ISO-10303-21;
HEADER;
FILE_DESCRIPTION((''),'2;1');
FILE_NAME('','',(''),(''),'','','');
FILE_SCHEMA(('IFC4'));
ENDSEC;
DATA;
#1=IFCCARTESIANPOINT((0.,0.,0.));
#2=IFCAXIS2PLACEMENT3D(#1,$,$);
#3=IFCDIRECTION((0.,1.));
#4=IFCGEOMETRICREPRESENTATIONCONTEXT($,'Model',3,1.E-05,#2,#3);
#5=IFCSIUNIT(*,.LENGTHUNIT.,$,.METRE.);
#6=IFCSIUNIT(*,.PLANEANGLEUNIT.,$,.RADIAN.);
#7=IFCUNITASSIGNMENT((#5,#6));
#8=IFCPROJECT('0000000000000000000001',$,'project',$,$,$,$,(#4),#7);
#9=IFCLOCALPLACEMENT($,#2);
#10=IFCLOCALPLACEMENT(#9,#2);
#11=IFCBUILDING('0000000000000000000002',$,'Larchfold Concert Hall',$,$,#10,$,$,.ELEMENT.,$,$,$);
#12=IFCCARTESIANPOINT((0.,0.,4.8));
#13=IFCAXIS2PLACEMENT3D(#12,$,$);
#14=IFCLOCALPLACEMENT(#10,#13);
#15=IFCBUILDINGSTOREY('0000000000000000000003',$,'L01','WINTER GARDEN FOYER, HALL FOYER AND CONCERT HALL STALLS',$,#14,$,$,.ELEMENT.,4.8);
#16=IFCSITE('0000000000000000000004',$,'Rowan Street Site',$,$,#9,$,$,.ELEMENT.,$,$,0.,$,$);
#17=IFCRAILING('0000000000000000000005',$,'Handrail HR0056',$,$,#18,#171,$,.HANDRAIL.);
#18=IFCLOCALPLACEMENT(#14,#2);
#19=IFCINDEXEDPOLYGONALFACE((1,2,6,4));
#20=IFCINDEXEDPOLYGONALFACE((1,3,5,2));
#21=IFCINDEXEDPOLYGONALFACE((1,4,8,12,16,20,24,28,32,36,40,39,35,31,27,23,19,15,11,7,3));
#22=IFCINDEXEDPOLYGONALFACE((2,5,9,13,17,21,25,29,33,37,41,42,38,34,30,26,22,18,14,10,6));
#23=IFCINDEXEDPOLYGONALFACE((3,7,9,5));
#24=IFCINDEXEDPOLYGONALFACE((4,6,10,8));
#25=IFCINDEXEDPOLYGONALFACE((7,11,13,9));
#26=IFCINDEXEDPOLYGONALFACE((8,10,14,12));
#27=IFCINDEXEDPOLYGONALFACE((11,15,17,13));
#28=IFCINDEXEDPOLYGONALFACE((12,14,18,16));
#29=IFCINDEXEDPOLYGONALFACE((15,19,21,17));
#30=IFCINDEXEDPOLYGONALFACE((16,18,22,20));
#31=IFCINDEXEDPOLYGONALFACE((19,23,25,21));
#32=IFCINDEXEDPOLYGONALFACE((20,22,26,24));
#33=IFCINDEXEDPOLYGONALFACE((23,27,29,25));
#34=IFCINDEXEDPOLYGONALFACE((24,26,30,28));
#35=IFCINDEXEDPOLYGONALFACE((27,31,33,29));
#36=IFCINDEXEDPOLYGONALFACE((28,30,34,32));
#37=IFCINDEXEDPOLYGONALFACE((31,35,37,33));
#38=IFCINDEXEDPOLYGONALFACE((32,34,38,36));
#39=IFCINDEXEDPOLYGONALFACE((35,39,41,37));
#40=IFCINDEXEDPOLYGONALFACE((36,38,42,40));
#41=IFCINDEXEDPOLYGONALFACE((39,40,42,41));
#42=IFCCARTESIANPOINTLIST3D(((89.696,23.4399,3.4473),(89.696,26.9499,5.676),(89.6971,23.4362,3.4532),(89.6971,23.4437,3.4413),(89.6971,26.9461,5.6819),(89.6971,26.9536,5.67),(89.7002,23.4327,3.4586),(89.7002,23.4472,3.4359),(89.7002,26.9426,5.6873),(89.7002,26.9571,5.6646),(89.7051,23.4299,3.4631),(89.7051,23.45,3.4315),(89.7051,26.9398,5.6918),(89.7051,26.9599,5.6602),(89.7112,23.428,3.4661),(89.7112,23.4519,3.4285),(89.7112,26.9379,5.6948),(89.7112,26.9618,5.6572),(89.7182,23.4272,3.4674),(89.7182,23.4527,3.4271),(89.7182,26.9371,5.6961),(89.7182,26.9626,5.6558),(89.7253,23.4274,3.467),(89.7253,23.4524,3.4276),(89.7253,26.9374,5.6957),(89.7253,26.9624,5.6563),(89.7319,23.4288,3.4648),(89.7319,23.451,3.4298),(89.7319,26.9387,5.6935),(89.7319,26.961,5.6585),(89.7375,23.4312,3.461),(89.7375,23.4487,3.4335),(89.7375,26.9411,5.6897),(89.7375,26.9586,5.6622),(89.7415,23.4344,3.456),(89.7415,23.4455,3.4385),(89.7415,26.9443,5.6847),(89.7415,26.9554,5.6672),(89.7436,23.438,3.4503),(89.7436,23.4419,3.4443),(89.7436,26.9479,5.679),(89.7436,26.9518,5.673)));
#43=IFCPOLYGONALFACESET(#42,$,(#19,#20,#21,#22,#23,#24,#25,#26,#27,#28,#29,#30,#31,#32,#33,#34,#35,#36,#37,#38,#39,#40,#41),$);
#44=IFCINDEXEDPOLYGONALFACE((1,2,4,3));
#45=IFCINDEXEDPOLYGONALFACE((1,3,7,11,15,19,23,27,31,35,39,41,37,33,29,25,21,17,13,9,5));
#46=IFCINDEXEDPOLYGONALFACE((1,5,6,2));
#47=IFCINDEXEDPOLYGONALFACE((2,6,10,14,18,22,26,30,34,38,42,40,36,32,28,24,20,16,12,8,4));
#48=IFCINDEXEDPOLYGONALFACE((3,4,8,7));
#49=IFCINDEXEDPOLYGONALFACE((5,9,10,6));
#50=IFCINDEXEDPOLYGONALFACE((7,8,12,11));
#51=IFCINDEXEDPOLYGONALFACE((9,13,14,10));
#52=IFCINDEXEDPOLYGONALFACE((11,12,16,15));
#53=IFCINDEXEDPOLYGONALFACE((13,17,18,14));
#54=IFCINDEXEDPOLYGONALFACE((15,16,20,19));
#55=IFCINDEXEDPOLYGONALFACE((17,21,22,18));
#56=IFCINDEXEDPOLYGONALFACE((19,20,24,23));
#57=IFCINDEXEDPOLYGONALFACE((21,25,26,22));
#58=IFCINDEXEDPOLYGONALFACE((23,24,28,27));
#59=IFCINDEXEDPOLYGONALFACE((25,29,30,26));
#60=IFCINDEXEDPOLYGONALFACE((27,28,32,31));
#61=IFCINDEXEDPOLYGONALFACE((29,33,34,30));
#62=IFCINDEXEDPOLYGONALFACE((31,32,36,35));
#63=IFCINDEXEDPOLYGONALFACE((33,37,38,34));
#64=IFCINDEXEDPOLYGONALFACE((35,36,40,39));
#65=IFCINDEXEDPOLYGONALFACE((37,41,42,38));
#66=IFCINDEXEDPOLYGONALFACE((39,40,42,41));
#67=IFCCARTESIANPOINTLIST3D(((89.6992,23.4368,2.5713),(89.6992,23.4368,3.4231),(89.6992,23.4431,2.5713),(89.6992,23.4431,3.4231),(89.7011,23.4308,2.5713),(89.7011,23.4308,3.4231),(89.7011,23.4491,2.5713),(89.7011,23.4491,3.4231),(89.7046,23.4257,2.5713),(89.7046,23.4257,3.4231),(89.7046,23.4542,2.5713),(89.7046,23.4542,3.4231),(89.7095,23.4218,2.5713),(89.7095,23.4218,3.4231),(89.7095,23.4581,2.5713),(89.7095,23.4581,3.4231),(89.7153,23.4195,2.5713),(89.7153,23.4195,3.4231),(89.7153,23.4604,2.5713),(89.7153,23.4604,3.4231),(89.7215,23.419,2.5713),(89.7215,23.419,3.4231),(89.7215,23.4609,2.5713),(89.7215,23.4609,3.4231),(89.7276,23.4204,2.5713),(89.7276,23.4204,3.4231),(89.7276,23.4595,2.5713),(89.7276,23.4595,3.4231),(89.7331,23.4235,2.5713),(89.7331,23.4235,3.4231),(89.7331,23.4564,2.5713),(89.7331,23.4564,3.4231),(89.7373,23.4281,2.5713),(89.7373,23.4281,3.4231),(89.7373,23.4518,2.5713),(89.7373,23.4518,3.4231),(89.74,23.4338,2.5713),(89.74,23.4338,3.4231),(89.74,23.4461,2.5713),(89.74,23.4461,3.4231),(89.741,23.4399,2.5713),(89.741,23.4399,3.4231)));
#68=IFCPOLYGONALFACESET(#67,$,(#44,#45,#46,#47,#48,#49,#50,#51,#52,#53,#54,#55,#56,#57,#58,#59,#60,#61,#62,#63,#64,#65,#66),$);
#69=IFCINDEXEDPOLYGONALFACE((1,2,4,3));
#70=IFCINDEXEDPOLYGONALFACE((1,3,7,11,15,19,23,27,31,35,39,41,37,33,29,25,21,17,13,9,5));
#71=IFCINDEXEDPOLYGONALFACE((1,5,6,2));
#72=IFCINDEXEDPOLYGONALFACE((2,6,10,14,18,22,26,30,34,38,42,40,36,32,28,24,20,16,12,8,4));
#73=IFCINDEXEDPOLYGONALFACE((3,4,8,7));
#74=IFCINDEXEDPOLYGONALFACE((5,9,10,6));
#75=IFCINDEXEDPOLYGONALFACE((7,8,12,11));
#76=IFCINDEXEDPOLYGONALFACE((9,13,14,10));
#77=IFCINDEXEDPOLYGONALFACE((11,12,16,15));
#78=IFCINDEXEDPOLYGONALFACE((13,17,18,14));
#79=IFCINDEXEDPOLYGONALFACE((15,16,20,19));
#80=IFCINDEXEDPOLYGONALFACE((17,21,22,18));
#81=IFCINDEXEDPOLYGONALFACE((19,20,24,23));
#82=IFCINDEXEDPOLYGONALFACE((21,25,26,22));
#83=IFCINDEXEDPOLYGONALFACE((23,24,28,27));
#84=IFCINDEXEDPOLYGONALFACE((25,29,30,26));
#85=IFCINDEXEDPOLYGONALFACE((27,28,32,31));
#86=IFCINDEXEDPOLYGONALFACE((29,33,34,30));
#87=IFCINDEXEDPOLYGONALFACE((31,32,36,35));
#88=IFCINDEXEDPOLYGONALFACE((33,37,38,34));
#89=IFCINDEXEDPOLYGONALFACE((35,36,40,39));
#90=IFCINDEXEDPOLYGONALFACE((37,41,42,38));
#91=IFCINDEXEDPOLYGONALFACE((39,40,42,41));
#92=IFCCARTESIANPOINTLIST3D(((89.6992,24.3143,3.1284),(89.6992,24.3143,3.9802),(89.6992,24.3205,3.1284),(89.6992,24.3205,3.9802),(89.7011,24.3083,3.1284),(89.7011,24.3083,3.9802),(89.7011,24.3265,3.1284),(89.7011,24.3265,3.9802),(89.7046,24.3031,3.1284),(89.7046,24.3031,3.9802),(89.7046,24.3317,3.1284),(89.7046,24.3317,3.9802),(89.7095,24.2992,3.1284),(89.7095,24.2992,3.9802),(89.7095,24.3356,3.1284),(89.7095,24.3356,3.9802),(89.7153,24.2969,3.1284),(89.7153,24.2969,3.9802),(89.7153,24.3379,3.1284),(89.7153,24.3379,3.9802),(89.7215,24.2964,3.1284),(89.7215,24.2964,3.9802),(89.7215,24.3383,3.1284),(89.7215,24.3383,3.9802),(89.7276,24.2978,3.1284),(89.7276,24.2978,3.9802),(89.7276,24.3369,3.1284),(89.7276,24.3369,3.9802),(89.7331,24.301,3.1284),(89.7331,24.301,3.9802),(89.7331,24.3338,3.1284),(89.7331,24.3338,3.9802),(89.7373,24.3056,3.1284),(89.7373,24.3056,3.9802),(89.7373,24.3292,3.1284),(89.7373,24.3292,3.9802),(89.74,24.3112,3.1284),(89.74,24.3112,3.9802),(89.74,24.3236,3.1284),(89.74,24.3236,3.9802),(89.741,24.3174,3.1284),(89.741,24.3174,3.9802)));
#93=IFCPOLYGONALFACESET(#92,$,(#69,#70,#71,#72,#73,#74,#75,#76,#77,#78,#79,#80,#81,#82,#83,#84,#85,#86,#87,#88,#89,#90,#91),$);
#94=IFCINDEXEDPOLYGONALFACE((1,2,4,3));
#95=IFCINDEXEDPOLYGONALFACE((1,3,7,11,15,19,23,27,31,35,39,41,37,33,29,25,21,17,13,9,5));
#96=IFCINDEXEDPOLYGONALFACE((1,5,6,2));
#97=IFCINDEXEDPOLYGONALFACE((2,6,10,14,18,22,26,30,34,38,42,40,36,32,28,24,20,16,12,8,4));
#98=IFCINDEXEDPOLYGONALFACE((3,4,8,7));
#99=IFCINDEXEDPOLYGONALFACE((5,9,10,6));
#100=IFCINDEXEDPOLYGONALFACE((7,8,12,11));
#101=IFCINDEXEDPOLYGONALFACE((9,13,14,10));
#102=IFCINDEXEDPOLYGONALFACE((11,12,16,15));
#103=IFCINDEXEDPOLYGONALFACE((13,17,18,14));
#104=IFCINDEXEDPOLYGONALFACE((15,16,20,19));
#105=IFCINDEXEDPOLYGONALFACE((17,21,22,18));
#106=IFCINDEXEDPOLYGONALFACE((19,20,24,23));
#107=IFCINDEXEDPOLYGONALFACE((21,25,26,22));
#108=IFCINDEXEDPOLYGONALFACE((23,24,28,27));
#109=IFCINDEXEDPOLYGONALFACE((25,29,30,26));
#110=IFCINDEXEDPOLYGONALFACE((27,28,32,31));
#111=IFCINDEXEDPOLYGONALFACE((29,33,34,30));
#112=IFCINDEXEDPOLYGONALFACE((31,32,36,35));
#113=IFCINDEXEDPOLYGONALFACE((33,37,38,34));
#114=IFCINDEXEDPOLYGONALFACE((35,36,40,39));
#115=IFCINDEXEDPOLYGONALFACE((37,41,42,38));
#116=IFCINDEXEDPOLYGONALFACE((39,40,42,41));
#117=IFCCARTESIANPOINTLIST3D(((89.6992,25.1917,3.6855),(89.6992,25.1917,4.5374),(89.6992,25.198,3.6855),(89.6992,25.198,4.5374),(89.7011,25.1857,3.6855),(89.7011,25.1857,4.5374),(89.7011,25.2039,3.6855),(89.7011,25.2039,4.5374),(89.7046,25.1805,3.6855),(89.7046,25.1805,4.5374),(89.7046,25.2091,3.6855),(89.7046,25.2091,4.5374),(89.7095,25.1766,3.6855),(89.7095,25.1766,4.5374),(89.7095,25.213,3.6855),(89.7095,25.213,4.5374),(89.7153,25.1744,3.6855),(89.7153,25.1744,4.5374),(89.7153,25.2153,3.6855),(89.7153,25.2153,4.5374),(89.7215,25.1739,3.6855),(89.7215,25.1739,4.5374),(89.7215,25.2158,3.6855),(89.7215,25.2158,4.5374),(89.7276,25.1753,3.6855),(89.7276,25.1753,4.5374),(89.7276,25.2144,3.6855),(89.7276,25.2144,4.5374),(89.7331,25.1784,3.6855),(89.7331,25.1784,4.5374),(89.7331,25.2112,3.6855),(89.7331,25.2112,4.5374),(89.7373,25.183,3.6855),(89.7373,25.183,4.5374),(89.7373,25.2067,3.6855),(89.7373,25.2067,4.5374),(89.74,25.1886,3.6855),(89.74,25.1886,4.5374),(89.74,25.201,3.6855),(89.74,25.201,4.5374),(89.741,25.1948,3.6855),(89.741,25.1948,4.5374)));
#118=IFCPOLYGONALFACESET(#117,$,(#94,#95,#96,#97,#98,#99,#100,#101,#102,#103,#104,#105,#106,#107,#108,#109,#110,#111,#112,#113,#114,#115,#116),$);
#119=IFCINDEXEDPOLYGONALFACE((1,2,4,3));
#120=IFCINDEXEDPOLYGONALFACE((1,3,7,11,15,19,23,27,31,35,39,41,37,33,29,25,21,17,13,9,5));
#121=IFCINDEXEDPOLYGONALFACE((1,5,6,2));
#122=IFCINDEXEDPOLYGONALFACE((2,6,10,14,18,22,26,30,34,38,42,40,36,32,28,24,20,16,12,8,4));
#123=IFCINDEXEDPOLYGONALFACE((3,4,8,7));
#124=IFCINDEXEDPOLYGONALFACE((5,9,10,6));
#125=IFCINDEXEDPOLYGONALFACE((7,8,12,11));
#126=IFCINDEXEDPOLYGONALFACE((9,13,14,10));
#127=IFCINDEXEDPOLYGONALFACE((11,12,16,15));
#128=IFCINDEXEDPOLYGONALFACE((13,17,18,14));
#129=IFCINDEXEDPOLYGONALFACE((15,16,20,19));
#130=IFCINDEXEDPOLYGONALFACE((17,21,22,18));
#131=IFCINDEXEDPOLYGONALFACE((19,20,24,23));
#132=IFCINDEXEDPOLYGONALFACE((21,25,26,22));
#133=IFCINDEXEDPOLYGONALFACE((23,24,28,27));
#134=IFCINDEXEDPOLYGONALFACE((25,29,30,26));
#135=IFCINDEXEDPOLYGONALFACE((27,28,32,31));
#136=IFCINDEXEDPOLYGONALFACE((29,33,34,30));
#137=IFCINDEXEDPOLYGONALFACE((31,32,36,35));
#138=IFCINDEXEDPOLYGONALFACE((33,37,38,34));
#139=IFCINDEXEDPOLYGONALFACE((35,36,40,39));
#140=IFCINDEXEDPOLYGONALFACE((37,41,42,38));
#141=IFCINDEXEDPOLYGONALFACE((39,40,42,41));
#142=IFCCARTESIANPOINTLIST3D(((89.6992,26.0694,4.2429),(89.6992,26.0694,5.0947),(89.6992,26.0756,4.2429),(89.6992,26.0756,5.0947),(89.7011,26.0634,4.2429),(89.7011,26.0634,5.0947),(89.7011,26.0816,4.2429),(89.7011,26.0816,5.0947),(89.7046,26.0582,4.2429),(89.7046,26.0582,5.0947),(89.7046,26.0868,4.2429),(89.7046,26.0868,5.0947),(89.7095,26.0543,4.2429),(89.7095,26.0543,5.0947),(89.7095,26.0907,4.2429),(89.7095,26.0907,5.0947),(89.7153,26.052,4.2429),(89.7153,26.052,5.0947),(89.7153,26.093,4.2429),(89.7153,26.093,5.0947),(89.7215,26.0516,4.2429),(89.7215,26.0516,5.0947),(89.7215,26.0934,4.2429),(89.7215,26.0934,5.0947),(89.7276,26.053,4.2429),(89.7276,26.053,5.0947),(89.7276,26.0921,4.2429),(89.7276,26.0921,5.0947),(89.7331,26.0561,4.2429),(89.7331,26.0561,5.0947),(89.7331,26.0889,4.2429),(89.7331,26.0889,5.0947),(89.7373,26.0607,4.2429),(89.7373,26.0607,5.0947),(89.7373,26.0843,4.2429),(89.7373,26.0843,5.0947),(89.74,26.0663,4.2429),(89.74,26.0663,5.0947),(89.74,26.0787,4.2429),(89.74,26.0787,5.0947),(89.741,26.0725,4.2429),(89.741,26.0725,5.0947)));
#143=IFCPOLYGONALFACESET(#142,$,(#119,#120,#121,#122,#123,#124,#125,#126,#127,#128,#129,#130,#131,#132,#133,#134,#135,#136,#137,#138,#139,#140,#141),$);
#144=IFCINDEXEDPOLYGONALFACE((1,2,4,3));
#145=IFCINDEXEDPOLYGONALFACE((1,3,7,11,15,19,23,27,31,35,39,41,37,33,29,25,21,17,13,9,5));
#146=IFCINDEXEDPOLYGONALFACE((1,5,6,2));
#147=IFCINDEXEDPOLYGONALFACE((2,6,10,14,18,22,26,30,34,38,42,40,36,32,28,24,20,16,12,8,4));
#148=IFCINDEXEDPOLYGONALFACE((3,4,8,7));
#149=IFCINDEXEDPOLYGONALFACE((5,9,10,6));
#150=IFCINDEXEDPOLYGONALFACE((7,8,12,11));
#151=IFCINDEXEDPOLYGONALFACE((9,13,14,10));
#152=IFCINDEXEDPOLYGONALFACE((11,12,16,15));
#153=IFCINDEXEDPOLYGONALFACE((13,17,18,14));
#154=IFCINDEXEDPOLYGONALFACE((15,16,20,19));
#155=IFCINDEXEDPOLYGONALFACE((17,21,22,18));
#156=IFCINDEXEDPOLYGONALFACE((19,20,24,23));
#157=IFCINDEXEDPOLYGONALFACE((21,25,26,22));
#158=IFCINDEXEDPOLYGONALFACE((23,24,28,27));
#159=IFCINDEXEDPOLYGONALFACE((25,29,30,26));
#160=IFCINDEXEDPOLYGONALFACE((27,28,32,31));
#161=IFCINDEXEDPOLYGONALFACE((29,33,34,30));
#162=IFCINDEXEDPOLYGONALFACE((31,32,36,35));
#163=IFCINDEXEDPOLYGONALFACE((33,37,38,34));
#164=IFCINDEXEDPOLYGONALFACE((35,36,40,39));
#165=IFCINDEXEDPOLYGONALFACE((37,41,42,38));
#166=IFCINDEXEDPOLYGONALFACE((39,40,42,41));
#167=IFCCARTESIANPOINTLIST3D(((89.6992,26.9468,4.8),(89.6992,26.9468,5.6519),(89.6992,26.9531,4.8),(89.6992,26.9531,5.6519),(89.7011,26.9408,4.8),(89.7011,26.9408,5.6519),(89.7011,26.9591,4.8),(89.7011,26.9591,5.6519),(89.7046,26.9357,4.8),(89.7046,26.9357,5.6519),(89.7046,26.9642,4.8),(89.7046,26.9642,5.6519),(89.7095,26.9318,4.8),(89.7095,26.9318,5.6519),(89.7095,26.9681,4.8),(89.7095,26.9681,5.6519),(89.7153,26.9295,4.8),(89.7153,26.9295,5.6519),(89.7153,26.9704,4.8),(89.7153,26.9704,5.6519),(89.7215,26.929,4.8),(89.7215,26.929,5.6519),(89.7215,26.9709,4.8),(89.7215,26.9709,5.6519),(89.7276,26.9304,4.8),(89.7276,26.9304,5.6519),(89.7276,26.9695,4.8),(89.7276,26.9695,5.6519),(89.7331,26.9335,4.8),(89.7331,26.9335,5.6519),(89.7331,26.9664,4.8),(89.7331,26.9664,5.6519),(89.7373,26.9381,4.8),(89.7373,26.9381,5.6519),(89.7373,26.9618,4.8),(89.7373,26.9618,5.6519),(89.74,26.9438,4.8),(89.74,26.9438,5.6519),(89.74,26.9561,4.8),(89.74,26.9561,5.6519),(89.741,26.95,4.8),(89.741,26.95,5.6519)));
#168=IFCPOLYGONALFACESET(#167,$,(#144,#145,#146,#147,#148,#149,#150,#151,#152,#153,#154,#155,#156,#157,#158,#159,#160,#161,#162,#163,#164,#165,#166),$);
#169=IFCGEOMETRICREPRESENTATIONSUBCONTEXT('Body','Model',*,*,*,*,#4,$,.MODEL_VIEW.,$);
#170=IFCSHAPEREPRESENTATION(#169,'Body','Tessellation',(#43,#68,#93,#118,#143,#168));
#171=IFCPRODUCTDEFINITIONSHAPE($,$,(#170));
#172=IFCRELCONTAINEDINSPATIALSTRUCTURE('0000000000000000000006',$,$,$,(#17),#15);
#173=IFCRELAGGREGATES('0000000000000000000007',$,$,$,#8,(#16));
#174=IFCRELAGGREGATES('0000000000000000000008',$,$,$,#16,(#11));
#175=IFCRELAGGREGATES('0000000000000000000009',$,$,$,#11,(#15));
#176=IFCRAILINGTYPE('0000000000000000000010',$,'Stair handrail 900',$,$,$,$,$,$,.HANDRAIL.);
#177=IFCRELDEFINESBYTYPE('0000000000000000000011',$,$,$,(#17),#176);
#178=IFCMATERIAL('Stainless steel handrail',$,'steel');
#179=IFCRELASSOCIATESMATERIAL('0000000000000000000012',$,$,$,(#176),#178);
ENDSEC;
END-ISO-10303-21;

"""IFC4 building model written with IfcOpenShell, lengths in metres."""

from ifc_helpers import new_model, si_unit, direction, frame, origin, origin_2d, place, context, subcontext, project, spatial, circle, extrude, material, type_object, element, save


model = new_model("IFC4")

# Units and contexts
model_context = context("Model", 3, precision=1e-05, world=origin(), true_north=direction((0.0, 1.0)))
body_context = subcontext(model_context, "Body", "Model", "MODEL_VIEW")
ifc_project = project(units=[si_unit("LENGTHUNIT", "METRE"), si_unit("PLANEANGLEUNIT", "RADIAN")], contexts=[model_context])

# Site, building, storey
site_placement = place(None, origin())
site = spatial("IfcSite", under=ifc_project, at=site_placement, Name="Rowan Street Site", CompositionType="ELEMENT", RefElevation=0.0)
building_placement = place(site_placement, origin())
building = spatial("IfcBuilding", under=site, at=building_placement, Name="Larchfold Concert Hall", CompositionType="ELEMENT")
storey_placement = place(building_placement, frame((0.0, 0.0, 4.8)))
storey = spatial("IfcBuildingStorey", under=building, at=storey_placement, Name="L01", Description="WINTER GARDEN FOYER, HALL FOYER AND CONCERT HALL STALLS", CompositionType="ELEMENT", Elevation=4.8)

# Railing
ifc_material_1 = material(Name="Stainless steel handrail", Category="steel")
railing_type_1 = type_object("IfcRailingType", Name="Stair handrail 900", PredefinedType="HANDRAIL", material=ifc_material_1)
railing_1_placement = place(storey_placement, frame((89.72, 23.4399, 2.5713)))
element("IfcRailing", 1, at=railing_1_placement, inside=storey, type_object=railing_type_1, Name="Handrail HR0056", PredefinedType="HANDRAIL", context=body_context, shape_type="SweptSolid", body=[
    extrude(circle(Radius=0.0239, at=origin_2d()), frame((0.0, 0.0, 0.876), z_axis=(0.0, 0.844193, 0.536039), x_axis=(-1.0, 0.0, 0.0)), (0.0, 0.0, 1.0), 4.1577),
    extrude(circle(Radius=0.021, at=origin_2d()), origin(), (0.0, 0.0, 1.0), 0.8518),
    extrude(circle(Radius=0.021, at=origin_2d()), frame((0.0, 0.8774, 0.5571)), (0.0, 0.0, 1.0), 0.8518),
    extrude(circle(Radius=0.021, at=origin_2d()), frame((0.0, 1.7549, 1.1143)), (0.0, 0.0, 1.0), 0.8518),
    extrude(circle(Radius=0.021, at=origin_2d()), frame((0.0, 2.6326, 1.6716)), (0.0, 0.0, 1.0), 0.8518),
    extrude(circle(Radius=0.021, at=origin_2d()), frame((0.0, 3.51, 2.2288)), (0.0, 0.0, 1.0), 0.8518),
])

save(model, "model.ifc")
